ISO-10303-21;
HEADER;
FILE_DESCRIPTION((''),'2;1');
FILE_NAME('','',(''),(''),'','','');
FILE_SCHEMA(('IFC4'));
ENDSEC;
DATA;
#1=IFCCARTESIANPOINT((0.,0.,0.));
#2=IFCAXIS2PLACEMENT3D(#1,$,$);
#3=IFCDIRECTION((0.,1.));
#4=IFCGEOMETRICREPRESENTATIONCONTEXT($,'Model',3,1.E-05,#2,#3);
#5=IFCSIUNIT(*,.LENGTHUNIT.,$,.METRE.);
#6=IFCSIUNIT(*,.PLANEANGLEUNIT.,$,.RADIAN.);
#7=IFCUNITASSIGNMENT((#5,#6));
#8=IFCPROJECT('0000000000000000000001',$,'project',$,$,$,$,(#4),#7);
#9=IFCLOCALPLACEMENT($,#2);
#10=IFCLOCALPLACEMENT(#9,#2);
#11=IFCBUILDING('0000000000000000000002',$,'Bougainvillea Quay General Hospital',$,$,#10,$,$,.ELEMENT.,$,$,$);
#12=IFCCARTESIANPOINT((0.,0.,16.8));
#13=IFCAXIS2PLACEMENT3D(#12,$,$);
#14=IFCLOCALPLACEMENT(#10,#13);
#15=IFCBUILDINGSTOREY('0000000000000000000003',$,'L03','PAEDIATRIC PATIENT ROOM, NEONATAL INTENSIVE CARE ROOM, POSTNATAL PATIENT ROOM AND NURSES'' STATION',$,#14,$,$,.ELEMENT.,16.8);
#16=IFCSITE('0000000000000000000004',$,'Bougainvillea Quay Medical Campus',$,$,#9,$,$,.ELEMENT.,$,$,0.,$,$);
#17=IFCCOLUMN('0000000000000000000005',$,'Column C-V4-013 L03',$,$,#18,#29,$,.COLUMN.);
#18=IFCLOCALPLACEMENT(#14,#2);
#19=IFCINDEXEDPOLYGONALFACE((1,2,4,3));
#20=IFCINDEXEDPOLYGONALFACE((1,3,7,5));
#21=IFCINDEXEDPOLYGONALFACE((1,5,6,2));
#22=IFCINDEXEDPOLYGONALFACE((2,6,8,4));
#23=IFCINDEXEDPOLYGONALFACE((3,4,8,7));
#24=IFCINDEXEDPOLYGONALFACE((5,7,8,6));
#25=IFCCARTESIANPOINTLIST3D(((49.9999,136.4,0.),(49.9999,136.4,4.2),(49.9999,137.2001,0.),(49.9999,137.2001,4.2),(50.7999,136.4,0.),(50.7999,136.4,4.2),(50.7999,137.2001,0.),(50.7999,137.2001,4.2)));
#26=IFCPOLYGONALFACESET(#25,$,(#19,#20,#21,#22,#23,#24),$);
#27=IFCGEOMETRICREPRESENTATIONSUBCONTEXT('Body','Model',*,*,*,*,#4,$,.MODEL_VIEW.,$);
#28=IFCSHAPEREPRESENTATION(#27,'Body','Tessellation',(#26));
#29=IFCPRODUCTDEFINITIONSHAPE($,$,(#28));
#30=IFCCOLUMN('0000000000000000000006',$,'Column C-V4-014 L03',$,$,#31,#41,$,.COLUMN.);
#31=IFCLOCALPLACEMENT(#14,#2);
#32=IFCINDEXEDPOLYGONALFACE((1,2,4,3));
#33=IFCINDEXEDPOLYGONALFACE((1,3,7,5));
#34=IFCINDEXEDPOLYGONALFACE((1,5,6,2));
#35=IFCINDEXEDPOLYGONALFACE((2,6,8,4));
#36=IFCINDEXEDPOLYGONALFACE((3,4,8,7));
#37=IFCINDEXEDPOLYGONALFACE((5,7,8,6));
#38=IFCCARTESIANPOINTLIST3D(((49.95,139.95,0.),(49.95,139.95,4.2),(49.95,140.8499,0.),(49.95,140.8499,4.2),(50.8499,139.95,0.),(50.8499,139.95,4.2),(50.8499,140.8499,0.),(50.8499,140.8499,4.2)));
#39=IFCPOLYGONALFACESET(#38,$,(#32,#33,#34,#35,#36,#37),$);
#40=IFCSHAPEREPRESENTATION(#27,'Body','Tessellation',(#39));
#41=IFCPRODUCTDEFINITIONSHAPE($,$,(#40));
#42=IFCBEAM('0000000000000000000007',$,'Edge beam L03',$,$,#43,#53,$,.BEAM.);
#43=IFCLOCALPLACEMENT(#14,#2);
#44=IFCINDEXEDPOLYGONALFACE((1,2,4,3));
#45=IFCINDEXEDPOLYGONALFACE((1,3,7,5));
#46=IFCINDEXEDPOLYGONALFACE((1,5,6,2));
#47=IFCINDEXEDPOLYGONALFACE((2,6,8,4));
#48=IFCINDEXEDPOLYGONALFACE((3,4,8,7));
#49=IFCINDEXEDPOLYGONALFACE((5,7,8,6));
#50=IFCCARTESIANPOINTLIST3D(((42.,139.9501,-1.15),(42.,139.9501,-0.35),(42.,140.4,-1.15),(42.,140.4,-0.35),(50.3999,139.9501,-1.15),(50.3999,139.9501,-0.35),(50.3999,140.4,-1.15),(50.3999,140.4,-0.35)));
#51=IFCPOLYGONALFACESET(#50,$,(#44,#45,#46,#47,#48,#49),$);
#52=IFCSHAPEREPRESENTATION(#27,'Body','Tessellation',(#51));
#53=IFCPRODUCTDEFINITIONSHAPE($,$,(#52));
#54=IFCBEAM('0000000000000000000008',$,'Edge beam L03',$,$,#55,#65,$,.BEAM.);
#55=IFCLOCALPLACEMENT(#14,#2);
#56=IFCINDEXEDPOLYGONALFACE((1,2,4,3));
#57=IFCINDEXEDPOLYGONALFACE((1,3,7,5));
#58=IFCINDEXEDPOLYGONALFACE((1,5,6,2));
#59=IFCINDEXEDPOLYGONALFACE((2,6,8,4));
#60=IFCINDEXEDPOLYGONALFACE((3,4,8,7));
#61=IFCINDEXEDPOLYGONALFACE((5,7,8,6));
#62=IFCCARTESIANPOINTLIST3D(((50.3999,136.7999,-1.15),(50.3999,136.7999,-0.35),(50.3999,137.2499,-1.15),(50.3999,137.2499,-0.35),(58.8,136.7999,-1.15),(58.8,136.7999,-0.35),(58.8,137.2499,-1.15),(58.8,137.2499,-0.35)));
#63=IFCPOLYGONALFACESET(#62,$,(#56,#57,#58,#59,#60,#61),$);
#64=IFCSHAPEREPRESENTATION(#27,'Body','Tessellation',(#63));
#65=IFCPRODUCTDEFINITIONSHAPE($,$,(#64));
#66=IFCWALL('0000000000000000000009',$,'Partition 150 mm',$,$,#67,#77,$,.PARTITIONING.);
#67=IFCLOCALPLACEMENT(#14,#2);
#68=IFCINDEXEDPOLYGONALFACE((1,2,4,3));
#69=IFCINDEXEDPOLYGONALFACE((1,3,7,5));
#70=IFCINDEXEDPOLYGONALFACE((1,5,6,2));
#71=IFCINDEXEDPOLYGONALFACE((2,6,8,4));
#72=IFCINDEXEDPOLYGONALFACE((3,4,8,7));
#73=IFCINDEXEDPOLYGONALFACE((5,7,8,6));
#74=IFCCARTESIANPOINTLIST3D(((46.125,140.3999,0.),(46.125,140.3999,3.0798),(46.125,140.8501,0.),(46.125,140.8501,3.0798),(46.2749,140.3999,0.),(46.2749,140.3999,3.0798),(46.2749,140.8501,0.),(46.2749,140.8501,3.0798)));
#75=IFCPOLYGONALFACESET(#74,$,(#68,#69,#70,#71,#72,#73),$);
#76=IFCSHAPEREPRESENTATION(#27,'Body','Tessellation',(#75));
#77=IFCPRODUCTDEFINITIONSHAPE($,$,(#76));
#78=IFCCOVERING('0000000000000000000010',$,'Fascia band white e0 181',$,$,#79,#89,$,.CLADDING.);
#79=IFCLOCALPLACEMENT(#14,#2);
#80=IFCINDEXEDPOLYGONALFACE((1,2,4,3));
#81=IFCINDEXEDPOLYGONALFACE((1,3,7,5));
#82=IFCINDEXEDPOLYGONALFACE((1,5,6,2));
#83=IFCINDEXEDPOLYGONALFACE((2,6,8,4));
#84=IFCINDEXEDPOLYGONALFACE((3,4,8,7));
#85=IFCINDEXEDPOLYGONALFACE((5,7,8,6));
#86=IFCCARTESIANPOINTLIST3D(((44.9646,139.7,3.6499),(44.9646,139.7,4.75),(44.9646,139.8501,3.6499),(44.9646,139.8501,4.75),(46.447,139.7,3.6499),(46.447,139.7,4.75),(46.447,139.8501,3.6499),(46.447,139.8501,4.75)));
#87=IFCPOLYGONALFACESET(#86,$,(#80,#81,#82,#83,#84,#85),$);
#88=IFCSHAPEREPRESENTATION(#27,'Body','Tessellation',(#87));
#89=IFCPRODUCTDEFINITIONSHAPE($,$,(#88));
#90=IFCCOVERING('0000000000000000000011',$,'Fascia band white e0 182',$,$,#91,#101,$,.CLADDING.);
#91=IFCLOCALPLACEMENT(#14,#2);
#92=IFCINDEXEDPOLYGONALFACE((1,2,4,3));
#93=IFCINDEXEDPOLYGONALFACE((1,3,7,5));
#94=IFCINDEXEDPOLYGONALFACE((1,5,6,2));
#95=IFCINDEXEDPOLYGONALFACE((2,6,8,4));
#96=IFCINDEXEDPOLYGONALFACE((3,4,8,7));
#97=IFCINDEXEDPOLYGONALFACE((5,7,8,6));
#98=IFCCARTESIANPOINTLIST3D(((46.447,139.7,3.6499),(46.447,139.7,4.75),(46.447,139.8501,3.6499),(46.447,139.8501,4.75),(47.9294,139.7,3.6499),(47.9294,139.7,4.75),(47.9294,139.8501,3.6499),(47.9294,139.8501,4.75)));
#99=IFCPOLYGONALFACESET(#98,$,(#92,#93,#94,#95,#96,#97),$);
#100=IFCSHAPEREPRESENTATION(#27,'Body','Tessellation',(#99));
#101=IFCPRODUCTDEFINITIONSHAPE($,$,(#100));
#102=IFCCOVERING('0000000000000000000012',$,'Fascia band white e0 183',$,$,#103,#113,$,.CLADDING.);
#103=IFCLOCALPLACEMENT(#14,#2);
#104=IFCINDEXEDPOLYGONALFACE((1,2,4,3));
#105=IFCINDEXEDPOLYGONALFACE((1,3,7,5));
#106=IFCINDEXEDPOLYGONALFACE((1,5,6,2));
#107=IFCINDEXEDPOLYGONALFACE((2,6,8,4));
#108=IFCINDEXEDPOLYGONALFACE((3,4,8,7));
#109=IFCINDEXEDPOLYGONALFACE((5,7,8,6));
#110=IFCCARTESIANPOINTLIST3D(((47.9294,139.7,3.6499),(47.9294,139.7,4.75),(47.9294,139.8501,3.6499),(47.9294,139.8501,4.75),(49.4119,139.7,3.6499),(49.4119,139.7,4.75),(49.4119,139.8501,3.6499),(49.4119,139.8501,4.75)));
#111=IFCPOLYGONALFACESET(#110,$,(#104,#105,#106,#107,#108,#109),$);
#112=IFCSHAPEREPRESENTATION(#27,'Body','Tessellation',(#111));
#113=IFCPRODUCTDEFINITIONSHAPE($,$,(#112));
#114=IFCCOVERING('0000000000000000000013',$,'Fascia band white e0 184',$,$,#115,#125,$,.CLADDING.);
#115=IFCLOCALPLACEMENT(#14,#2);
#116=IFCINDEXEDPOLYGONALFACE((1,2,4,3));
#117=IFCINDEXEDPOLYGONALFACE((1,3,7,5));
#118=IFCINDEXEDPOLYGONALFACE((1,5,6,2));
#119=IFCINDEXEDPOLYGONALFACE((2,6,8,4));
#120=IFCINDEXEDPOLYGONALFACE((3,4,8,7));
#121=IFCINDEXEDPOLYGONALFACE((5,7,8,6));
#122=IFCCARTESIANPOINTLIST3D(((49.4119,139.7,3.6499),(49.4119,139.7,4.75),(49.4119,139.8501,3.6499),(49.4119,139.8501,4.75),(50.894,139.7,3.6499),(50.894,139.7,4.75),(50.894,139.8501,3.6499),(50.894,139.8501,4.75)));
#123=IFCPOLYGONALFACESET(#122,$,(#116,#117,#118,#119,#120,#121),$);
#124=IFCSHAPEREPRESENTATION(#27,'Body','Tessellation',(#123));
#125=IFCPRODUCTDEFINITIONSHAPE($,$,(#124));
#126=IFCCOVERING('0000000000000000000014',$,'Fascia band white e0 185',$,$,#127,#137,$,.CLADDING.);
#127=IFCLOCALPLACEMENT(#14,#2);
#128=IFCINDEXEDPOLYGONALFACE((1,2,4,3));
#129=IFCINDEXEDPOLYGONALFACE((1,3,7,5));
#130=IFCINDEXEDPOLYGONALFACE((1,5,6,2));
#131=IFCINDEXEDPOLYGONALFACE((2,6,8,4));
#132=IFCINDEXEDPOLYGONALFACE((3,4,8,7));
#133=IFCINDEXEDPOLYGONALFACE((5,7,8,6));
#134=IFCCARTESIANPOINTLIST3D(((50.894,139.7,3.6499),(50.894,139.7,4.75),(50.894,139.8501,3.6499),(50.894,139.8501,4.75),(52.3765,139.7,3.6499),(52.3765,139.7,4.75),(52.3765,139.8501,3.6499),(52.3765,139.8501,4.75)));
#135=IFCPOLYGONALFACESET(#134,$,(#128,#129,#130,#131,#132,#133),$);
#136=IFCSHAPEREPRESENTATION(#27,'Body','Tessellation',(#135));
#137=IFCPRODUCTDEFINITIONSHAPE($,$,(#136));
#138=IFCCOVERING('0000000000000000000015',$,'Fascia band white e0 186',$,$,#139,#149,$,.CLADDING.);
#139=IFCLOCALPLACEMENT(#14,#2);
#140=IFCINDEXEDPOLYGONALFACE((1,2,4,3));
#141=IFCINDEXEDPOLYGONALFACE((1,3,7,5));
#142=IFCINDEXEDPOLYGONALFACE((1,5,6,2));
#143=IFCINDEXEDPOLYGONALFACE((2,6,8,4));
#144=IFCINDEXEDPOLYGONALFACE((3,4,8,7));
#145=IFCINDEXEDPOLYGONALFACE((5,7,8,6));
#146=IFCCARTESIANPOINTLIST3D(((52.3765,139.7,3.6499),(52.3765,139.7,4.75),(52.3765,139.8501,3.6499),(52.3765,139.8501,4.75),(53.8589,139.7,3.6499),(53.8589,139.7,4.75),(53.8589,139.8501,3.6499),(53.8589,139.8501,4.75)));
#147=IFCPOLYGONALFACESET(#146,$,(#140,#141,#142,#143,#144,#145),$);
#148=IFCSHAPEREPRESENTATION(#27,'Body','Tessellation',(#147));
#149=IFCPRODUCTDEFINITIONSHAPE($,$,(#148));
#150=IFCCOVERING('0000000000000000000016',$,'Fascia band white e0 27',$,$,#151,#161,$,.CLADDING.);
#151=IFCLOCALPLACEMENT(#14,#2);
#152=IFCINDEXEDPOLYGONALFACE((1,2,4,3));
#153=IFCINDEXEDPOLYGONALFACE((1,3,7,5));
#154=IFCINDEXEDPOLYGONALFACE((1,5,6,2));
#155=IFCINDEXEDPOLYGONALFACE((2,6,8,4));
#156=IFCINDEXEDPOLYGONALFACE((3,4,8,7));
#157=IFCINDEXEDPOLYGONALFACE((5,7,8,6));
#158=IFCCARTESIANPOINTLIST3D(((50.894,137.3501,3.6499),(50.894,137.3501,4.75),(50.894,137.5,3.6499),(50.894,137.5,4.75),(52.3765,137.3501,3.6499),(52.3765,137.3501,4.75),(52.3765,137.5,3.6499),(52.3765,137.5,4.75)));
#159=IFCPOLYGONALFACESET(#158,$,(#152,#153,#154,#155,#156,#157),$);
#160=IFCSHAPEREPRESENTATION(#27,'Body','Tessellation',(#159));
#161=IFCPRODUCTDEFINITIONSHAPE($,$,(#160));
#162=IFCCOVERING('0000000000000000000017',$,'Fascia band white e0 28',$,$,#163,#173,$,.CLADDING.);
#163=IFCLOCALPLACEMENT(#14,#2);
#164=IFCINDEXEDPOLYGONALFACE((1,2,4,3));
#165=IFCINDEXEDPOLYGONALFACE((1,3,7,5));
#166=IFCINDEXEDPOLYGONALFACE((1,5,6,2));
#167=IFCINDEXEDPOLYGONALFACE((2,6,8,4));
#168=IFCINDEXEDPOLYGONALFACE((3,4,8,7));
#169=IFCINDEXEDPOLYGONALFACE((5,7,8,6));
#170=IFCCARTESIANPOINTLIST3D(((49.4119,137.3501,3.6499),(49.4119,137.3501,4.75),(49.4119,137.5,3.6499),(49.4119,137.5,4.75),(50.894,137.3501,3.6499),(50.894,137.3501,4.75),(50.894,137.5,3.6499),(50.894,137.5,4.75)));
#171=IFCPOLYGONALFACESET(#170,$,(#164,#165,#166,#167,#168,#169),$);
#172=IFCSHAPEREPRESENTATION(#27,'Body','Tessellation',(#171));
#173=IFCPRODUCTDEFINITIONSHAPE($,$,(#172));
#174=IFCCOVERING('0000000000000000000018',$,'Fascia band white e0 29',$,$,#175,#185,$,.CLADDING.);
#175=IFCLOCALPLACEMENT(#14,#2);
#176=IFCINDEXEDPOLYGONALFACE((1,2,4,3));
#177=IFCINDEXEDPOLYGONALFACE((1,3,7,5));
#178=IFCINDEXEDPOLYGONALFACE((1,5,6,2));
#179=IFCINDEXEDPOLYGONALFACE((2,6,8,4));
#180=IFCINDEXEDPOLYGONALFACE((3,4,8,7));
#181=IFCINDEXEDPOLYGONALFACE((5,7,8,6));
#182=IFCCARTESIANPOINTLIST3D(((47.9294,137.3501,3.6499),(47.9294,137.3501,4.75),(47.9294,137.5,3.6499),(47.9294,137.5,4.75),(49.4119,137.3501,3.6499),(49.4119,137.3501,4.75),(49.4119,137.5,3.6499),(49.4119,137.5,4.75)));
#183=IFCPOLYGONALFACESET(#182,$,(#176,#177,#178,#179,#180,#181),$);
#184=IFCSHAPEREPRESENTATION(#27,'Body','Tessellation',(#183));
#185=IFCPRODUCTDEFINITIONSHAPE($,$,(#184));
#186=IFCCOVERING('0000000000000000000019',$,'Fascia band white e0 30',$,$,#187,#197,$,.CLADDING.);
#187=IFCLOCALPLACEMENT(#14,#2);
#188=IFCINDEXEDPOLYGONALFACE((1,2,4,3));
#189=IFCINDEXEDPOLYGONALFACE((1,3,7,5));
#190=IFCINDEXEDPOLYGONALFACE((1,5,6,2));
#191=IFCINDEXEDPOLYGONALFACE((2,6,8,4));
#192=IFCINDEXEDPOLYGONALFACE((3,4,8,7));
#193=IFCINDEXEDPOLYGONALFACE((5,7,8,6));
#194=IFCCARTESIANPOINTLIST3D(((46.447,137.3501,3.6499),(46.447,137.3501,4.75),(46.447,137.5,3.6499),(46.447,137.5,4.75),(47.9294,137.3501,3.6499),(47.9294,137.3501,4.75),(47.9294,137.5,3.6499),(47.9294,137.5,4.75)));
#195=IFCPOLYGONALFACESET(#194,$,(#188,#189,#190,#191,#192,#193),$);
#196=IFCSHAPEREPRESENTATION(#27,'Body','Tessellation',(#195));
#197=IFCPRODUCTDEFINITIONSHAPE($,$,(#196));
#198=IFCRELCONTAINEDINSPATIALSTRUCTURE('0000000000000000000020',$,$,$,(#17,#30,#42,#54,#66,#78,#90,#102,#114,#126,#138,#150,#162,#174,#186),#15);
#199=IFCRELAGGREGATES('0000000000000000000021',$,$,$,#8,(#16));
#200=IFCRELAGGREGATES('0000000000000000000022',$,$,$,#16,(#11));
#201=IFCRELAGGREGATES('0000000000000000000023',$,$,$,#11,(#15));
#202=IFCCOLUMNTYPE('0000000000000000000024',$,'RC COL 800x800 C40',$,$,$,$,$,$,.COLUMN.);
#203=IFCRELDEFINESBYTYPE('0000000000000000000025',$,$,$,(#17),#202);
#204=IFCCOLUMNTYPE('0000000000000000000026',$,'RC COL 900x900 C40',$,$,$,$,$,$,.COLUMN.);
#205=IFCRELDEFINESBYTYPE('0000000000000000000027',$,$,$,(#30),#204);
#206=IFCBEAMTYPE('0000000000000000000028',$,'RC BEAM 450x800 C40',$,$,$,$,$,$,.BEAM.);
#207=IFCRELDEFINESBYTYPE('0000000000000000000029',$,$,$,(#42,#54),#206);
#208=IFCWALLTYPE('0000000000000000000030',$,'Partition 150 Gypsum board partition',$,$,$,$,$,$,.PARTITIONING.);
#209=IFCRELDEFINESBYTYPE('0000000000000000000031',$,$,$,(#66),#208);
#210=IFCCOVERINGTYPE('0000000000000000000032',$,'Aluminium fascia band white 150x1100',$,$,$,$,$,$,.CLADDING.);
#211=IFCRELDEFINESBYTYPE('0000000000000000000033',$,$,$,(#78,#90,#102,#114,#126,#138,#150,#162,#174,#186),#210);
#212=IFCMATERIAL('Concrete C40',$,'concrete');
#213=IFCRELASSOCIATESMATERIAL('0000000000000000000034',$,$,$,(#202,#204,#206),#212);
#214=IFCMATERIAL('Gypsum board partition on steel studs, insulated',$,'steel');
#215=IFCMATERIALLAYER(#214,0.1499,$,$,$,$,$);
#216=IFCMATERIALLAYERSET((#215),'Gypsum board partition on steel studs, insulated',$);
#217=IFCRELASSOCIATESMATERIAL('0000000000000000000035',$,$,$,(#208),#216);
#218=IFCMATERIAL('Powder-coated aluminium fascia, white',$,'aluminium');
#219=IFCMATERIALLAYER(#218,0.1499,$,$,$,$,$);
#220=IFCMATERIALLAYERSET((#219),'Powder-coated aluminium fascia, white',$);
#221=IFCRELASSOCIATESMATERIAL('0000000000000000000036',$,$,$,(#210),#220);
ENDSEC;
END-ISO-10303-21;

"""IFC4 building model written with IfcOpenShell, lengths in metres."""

from ifc_helpers import new_model, si_unit, direction, frame, frame_2d, origin, origin_2d, place, context, subcontext, project, spatial, polyline, rectangle, outline, extrude, material, layer, layer_set, material_profile, profile_set, type_object, element, save


model = new_model("IFC4")

# Units and contexts
model_context = context("Model", 3, precision=1e-05, world=origin(), true_north=direction((0.0, 1.0)))
body_context = subcontext(model_context, "Body", "Model", "MODEL_VIEW")
ifc_project = project(units=[si_unit("LENGTHUNIT", "METRE"), si_unit("PLANEANGLEUNIT", "RADIAN")], contexts=[model_context])

# Site, building, storey
site_placement = place(None, origin())
site = spatial("IfcSite", under=ifc_project, at=site_placement, Name="Bougainvillea Quay Medical Campus", CompositionType="ELEMENT", RefElevation=0.0)
building_placement = place(site_placement, origin())
building = spatial("IfcBuilding", under=site, at=building_placement, Name="Bougainvillea Quay General Hospital", CompositionType="ELEMENT")
storey_placement = place(building_placement, frame((0.0, 0.0, 16.8)))
storey = spatial("IfcBuildingStorey", under=building, at=storey_placement, Name="L03", Description="PAEDIATRIC PATIENT ROOM, NEONATAL INTENSIVE CARE ROOM, POSTNATAL PATIENT ROOM AND NURSES' STATION", CompositionType="ELEMENT", Elevation=16.8)

# Columns
ifc_material_1 = material(Name="Concrete C40", Category="concrete")
ifc_material_profile_1 = material_profile(ifc_material_1, rectangle(XDim=0.8, YDim=0.8, at=origin_2d()))
ifc_profile_set_1 = profile_set([ifc_material_profile_1], Name="Concrete C40")
column_type_1 = type_object("IfcColumnType", Name="RC COL 800x800 C40", PredefinedType="COLUMN", material=ifc_profile_set_1)
column_1_placement = place(storey_placement, frame((50.3999, 136.8, 0.0), z_axis=(0.0, 0.0, 1.0), x_axis=(1.0, 0.0, 0.0)))
element("IfcColumn", 1, at=column_1_placement, inside=storey, type_object=column_type_1, Name="Column C-V4-013 L03", PredefinedType="COLUMN", context=body_context, shape_type="SweptSolid", body=[
    extrude(rectangle(XDim=0.8, YDim=0.8, at=origin_2d()), origin(), (0.0, 0.0, 1.0), 4.2),
])
ifc_material_profile_2 = material_profile(ifc_material_1, rectangle(XDim=0.8999, YDim=0.8999, at=origin_2d()))
ifc_profile_set_2 = profile_set([ifc_material_profile_2], Name="Concrete C40")
column_type_2 = type_object("IfcColumnType", Name="RC COL 900x900 C40", PredefinedType="COLUMN", material=ifc_profile_set_2)
column_2_placement = place(storey_placement, frame((50.3999, 140.3999, 0.0), z_axis=(0.0, 0.0, 1.0), x_axis=(1.0, 0.0, 0.0)))
element("IfcColumn", 2, at=column_2_placement, inside=storey, type_object=column_type_2, Name="Column C-V4-014 L03", PredefinedType="COLUMN", context=body_context, shape_type="SweptSolid", body=[
    extrude(rectangle(XDim=0.8999, YDim=0.8999, at=origin_2d()), origin(), (0.0, 0.0, 1.0), 4.2),
])

# Beams
ifc_material_profile_3 = material_profile(ifc_material_1, rectangle(XDim=0.45, YDim=0.8, at=origin_2d()))
ifc_profile_set_3 = profile_set([ifc_material_profile_3], Name="Concrete C40")
beam_type = type_object("IfcBeamType", Name="RC BEAM 450x800 C40", PredefinedType="BEAM", material=ifc_profile_set_3)
beam_1_placement = place(storey_placement, frame((50.3999, 140.175, -0.75), z_axis=(-1.0, 0.0, 0.0), x_axis=(0.0, -1.0, 0.0)))
element("IfcBeam", 3, at=beam_1_placement, inside=storey, type_object=beam_type, Name="Edge beam L03", PredefinedType="BEAM", context=body_context, shape_type="SweptSolid", body=[
    extrude(rectangle(XDim=0.45, YDim=0.8, at=origin_2d()), origin(), (0.0, 0.0, 1.0), 8.3999),
])
beam_2_placement = place(storey_placement, frame((50.3999, 137.0249, -0.75), z_axis=(1.0, 0.0, 0.0), x_axis=(0.0, 1.0, 0.0)))
element("IfcBeam", 4, at=beam_2_placement, inside=storey, type_object=beam_type, Name="Edge beam L03", PredefinedType="BEAM", context=body_context, shape_type="SweptSolid", body=[
    extrude(rectangle(XDim=0.45, YDim=0.8, at=origin_2d()), origin(), (0.0, 0.0, 1.0), 8.4001),
])

# Wall
ifc_material_2 = material(Name="Gypsum board partition on steel studs, insulated", Category="steel")
ifc_layer_1 = layer(ifc_material_2, 0.1499)
ifc_layer_set_1 = layer_set([ifc_layer_1], Name="Gypsum board partition on steel studs, insulated")
wall_type = type_object("IfcWallType", Name="Partition 150 Gypsum board partition", PredefinedType="PARTITIONING", material=ifc_layer_set_1)
wall_placement = place(storey_placement, frame((46.2, 140.3999, 0.0), z_axis=(0.0, 0.0, 1.0), x_axis=(0.0, 1.0, 0.0)))
element("IfcWall", 5, at=wall_placement, inside=storey, type_object=wall_type, Name="Partition 150 mm", PredefinedType="PARTITIONING", context=body_context, shape_type="SweptSolid", body=[
    extrude(rectangle(XDim=0.4502, YDim=0.1499, at=frame_2d((0.2251, 0.0))), origin(), (0.0, 0.0, 1.0), 3.0798),
])

# Coverings
ifc_material_3 = material(Name="Powder-coated aluminium fascia, white", Category="aluminium")
ifc_layer_2 = layer(ifc_material_3, 0.1499)
ifc_layer_set_2 = layer_set([ifc_layer_2], Name="Powder-coated aluminium fascia, white")
covering_type = type_object("IfcCoveringType", Name="Aluminium fascia band white 150x1100", PredefinedType="CLADDING", material=ifc_layer_set_2)
for number, where, z_axis, x_axis, name in (
    (6, (44.9646, 139.8501, 3.6499), (0.0, 0.0, 1.0), (1.0, 0.0, 0.0), "Fascia band white e0 181"),
    (7, (46.447, 139.8501, 3.6499), (0.0, 0.0, 1.0), (1.0, 0.0, 0.0), "Fascia band white e0 182"),
    (8, (47.9294, 139.8501, 3.6499), (0.0, 0.0, 1.0), (1.0, 0.0, 0.0), "Fascia band white e0 183"),
):
    element("IfcCovering", number, at=place(storey_placement, frame(where, z_axis=z_axis, x_axis=x_axis)), inside=storey, type_object=covering_type, Name=name, PredefinedType="CLADDING", context=body_context, shape_type="SweptSolid", body=[
        extrude(outline(polyline([(0.0, 0.0), (1.4824, 0.0), (1.4824, -0.1501), (0.0, -0.1501), (0.0, 0.0)])), origin(), (0.0, 0.0, 1.0), 1.1001),
    ])
covering_1_placement = place(storey_placement, frame((49.4119, 139.8501, 3.6499), z_axis=(0.0, 0.0, 1.0), x_axis=(1.0, 0.0, 0.0)))
element("IfcCovering", 9, at=covering_1_placement, inside=storey, type_object=covering_type, Name="Fascia band white e0 184", PredefinedType="CLADDING", context=body_context, shape_type="SweptSolid", body=[
    extrude(outline(polyline([(0.0, 0.0), (1.4822, 0.0), (1.4822, -0.1501), (0.0, -0.1501), (0.0, 0.0)])), origin(), (0.0, 0.0, 1.0), 1.1001),
])
for number, where, z_axis, x_axis, name in (
    (10, (50.894, 139.8501, 3.6499), (0.0, 0.0, 1.0), (1.0, 0.0, 0.0), "Fascia band white e0 185"),
    (11, (52.3765, 139.8501, 3.6499), (0.0, 0.0, 1.0), (1.0, 0.0, 0.0), "Fascia band white e0 186"),
):
    element("IfcCovering", number, at=place(storey_placement, frame(where, z_axis=z_axis, x_axis=x_axis)), inside=storey, type_object=covering_type, Name=name, PredefinedType="CLADDING", context=body_context, shape_type="SweptSolid", body=[
        extrude(outline(polyline([(0.0, 0.0), (1.4824, 0.0), (1.4824, -0.1501), (0.0, -0.1501), (0.0, 0.0)])), origin(), (0.0, 0.0, 1.0), 1.1001),
    ])
covering_2_placement = place(storey_placement, frame((52.3765, 137.3501, 3.6499), z_axis=(0.0, 0.0, 1.0), x_axis=(-1.0, 0.0, 0.0)))
element("IfcCovering", 12, at=covering_2_placement, inside=storey, type_object=covering_type, Name="Fascia band white e0 27", PredefinedType="CLADDING", context=body_context, shape_type="SweptSolid", body=[
    extrude(outline(polyline([(0.0, 0.0), (1.4824, 0.0), (1.4824, -0.1499), (0.0, -0.1499), (0.0, 0.0)])), origin(), (0.0, 0.0, 1.0), 1.1001),
])
covering_3_placement = place(storey_placement, frame((50.894, 137.3501, 3.6499), z_axis=(0.0, 0.0, 1.0), x_axis=(-1.0, 0.0, 0.0)))
element("IfcCovering", 13, at=covering_3_placement, inside=storey, type_object=covering_type, Name="Fascia band white e0 28", PredefinedType="CLADDING", context=body_context, shape_type="SweptSolid", body=[
    extrude(outline(polyline([(0.0, 0.0), (1.4822, 0.0), (1.4822, -0.1499), (0.0, -0.1499), (0.0, 0.0)])), origin(), (0.0, 0.0, 1.0), 1.1001),
])
for number, where, z_axis, x_axis, name in (
    (14, (49.4119, 137.3501, 3.6499), (0.0, 0.0, 1.0), (-1.0, 0.0, 0.0), "Fascia band white e0 29"),
    (15, (47.9294, 137.3501, 3.6499), (0.0, 0.0, 1.0), (-1.0, 0.0, 0.0), "Fascia band white e0 30"),
):
    element("IfcCovering", number, at=place(storey_placement, frame(where, z_axis=z_axis, x_axis=x_axis)), inside=storey, type_object=covering_type, Name=name, PredefinedType="CLADDING", context=body_context, shape_type="SweptSolid", body=[
        extrude(outline(polyline([(0.0, 0.0), (1.4824, 0.0), (1.4824, -0.1499), (0.0, -0.1499), (0.0, 0.0)])), origin(), (0.0, 0.0, 1.0), 1.1001),
    ])

save(model, "model.ifc")
